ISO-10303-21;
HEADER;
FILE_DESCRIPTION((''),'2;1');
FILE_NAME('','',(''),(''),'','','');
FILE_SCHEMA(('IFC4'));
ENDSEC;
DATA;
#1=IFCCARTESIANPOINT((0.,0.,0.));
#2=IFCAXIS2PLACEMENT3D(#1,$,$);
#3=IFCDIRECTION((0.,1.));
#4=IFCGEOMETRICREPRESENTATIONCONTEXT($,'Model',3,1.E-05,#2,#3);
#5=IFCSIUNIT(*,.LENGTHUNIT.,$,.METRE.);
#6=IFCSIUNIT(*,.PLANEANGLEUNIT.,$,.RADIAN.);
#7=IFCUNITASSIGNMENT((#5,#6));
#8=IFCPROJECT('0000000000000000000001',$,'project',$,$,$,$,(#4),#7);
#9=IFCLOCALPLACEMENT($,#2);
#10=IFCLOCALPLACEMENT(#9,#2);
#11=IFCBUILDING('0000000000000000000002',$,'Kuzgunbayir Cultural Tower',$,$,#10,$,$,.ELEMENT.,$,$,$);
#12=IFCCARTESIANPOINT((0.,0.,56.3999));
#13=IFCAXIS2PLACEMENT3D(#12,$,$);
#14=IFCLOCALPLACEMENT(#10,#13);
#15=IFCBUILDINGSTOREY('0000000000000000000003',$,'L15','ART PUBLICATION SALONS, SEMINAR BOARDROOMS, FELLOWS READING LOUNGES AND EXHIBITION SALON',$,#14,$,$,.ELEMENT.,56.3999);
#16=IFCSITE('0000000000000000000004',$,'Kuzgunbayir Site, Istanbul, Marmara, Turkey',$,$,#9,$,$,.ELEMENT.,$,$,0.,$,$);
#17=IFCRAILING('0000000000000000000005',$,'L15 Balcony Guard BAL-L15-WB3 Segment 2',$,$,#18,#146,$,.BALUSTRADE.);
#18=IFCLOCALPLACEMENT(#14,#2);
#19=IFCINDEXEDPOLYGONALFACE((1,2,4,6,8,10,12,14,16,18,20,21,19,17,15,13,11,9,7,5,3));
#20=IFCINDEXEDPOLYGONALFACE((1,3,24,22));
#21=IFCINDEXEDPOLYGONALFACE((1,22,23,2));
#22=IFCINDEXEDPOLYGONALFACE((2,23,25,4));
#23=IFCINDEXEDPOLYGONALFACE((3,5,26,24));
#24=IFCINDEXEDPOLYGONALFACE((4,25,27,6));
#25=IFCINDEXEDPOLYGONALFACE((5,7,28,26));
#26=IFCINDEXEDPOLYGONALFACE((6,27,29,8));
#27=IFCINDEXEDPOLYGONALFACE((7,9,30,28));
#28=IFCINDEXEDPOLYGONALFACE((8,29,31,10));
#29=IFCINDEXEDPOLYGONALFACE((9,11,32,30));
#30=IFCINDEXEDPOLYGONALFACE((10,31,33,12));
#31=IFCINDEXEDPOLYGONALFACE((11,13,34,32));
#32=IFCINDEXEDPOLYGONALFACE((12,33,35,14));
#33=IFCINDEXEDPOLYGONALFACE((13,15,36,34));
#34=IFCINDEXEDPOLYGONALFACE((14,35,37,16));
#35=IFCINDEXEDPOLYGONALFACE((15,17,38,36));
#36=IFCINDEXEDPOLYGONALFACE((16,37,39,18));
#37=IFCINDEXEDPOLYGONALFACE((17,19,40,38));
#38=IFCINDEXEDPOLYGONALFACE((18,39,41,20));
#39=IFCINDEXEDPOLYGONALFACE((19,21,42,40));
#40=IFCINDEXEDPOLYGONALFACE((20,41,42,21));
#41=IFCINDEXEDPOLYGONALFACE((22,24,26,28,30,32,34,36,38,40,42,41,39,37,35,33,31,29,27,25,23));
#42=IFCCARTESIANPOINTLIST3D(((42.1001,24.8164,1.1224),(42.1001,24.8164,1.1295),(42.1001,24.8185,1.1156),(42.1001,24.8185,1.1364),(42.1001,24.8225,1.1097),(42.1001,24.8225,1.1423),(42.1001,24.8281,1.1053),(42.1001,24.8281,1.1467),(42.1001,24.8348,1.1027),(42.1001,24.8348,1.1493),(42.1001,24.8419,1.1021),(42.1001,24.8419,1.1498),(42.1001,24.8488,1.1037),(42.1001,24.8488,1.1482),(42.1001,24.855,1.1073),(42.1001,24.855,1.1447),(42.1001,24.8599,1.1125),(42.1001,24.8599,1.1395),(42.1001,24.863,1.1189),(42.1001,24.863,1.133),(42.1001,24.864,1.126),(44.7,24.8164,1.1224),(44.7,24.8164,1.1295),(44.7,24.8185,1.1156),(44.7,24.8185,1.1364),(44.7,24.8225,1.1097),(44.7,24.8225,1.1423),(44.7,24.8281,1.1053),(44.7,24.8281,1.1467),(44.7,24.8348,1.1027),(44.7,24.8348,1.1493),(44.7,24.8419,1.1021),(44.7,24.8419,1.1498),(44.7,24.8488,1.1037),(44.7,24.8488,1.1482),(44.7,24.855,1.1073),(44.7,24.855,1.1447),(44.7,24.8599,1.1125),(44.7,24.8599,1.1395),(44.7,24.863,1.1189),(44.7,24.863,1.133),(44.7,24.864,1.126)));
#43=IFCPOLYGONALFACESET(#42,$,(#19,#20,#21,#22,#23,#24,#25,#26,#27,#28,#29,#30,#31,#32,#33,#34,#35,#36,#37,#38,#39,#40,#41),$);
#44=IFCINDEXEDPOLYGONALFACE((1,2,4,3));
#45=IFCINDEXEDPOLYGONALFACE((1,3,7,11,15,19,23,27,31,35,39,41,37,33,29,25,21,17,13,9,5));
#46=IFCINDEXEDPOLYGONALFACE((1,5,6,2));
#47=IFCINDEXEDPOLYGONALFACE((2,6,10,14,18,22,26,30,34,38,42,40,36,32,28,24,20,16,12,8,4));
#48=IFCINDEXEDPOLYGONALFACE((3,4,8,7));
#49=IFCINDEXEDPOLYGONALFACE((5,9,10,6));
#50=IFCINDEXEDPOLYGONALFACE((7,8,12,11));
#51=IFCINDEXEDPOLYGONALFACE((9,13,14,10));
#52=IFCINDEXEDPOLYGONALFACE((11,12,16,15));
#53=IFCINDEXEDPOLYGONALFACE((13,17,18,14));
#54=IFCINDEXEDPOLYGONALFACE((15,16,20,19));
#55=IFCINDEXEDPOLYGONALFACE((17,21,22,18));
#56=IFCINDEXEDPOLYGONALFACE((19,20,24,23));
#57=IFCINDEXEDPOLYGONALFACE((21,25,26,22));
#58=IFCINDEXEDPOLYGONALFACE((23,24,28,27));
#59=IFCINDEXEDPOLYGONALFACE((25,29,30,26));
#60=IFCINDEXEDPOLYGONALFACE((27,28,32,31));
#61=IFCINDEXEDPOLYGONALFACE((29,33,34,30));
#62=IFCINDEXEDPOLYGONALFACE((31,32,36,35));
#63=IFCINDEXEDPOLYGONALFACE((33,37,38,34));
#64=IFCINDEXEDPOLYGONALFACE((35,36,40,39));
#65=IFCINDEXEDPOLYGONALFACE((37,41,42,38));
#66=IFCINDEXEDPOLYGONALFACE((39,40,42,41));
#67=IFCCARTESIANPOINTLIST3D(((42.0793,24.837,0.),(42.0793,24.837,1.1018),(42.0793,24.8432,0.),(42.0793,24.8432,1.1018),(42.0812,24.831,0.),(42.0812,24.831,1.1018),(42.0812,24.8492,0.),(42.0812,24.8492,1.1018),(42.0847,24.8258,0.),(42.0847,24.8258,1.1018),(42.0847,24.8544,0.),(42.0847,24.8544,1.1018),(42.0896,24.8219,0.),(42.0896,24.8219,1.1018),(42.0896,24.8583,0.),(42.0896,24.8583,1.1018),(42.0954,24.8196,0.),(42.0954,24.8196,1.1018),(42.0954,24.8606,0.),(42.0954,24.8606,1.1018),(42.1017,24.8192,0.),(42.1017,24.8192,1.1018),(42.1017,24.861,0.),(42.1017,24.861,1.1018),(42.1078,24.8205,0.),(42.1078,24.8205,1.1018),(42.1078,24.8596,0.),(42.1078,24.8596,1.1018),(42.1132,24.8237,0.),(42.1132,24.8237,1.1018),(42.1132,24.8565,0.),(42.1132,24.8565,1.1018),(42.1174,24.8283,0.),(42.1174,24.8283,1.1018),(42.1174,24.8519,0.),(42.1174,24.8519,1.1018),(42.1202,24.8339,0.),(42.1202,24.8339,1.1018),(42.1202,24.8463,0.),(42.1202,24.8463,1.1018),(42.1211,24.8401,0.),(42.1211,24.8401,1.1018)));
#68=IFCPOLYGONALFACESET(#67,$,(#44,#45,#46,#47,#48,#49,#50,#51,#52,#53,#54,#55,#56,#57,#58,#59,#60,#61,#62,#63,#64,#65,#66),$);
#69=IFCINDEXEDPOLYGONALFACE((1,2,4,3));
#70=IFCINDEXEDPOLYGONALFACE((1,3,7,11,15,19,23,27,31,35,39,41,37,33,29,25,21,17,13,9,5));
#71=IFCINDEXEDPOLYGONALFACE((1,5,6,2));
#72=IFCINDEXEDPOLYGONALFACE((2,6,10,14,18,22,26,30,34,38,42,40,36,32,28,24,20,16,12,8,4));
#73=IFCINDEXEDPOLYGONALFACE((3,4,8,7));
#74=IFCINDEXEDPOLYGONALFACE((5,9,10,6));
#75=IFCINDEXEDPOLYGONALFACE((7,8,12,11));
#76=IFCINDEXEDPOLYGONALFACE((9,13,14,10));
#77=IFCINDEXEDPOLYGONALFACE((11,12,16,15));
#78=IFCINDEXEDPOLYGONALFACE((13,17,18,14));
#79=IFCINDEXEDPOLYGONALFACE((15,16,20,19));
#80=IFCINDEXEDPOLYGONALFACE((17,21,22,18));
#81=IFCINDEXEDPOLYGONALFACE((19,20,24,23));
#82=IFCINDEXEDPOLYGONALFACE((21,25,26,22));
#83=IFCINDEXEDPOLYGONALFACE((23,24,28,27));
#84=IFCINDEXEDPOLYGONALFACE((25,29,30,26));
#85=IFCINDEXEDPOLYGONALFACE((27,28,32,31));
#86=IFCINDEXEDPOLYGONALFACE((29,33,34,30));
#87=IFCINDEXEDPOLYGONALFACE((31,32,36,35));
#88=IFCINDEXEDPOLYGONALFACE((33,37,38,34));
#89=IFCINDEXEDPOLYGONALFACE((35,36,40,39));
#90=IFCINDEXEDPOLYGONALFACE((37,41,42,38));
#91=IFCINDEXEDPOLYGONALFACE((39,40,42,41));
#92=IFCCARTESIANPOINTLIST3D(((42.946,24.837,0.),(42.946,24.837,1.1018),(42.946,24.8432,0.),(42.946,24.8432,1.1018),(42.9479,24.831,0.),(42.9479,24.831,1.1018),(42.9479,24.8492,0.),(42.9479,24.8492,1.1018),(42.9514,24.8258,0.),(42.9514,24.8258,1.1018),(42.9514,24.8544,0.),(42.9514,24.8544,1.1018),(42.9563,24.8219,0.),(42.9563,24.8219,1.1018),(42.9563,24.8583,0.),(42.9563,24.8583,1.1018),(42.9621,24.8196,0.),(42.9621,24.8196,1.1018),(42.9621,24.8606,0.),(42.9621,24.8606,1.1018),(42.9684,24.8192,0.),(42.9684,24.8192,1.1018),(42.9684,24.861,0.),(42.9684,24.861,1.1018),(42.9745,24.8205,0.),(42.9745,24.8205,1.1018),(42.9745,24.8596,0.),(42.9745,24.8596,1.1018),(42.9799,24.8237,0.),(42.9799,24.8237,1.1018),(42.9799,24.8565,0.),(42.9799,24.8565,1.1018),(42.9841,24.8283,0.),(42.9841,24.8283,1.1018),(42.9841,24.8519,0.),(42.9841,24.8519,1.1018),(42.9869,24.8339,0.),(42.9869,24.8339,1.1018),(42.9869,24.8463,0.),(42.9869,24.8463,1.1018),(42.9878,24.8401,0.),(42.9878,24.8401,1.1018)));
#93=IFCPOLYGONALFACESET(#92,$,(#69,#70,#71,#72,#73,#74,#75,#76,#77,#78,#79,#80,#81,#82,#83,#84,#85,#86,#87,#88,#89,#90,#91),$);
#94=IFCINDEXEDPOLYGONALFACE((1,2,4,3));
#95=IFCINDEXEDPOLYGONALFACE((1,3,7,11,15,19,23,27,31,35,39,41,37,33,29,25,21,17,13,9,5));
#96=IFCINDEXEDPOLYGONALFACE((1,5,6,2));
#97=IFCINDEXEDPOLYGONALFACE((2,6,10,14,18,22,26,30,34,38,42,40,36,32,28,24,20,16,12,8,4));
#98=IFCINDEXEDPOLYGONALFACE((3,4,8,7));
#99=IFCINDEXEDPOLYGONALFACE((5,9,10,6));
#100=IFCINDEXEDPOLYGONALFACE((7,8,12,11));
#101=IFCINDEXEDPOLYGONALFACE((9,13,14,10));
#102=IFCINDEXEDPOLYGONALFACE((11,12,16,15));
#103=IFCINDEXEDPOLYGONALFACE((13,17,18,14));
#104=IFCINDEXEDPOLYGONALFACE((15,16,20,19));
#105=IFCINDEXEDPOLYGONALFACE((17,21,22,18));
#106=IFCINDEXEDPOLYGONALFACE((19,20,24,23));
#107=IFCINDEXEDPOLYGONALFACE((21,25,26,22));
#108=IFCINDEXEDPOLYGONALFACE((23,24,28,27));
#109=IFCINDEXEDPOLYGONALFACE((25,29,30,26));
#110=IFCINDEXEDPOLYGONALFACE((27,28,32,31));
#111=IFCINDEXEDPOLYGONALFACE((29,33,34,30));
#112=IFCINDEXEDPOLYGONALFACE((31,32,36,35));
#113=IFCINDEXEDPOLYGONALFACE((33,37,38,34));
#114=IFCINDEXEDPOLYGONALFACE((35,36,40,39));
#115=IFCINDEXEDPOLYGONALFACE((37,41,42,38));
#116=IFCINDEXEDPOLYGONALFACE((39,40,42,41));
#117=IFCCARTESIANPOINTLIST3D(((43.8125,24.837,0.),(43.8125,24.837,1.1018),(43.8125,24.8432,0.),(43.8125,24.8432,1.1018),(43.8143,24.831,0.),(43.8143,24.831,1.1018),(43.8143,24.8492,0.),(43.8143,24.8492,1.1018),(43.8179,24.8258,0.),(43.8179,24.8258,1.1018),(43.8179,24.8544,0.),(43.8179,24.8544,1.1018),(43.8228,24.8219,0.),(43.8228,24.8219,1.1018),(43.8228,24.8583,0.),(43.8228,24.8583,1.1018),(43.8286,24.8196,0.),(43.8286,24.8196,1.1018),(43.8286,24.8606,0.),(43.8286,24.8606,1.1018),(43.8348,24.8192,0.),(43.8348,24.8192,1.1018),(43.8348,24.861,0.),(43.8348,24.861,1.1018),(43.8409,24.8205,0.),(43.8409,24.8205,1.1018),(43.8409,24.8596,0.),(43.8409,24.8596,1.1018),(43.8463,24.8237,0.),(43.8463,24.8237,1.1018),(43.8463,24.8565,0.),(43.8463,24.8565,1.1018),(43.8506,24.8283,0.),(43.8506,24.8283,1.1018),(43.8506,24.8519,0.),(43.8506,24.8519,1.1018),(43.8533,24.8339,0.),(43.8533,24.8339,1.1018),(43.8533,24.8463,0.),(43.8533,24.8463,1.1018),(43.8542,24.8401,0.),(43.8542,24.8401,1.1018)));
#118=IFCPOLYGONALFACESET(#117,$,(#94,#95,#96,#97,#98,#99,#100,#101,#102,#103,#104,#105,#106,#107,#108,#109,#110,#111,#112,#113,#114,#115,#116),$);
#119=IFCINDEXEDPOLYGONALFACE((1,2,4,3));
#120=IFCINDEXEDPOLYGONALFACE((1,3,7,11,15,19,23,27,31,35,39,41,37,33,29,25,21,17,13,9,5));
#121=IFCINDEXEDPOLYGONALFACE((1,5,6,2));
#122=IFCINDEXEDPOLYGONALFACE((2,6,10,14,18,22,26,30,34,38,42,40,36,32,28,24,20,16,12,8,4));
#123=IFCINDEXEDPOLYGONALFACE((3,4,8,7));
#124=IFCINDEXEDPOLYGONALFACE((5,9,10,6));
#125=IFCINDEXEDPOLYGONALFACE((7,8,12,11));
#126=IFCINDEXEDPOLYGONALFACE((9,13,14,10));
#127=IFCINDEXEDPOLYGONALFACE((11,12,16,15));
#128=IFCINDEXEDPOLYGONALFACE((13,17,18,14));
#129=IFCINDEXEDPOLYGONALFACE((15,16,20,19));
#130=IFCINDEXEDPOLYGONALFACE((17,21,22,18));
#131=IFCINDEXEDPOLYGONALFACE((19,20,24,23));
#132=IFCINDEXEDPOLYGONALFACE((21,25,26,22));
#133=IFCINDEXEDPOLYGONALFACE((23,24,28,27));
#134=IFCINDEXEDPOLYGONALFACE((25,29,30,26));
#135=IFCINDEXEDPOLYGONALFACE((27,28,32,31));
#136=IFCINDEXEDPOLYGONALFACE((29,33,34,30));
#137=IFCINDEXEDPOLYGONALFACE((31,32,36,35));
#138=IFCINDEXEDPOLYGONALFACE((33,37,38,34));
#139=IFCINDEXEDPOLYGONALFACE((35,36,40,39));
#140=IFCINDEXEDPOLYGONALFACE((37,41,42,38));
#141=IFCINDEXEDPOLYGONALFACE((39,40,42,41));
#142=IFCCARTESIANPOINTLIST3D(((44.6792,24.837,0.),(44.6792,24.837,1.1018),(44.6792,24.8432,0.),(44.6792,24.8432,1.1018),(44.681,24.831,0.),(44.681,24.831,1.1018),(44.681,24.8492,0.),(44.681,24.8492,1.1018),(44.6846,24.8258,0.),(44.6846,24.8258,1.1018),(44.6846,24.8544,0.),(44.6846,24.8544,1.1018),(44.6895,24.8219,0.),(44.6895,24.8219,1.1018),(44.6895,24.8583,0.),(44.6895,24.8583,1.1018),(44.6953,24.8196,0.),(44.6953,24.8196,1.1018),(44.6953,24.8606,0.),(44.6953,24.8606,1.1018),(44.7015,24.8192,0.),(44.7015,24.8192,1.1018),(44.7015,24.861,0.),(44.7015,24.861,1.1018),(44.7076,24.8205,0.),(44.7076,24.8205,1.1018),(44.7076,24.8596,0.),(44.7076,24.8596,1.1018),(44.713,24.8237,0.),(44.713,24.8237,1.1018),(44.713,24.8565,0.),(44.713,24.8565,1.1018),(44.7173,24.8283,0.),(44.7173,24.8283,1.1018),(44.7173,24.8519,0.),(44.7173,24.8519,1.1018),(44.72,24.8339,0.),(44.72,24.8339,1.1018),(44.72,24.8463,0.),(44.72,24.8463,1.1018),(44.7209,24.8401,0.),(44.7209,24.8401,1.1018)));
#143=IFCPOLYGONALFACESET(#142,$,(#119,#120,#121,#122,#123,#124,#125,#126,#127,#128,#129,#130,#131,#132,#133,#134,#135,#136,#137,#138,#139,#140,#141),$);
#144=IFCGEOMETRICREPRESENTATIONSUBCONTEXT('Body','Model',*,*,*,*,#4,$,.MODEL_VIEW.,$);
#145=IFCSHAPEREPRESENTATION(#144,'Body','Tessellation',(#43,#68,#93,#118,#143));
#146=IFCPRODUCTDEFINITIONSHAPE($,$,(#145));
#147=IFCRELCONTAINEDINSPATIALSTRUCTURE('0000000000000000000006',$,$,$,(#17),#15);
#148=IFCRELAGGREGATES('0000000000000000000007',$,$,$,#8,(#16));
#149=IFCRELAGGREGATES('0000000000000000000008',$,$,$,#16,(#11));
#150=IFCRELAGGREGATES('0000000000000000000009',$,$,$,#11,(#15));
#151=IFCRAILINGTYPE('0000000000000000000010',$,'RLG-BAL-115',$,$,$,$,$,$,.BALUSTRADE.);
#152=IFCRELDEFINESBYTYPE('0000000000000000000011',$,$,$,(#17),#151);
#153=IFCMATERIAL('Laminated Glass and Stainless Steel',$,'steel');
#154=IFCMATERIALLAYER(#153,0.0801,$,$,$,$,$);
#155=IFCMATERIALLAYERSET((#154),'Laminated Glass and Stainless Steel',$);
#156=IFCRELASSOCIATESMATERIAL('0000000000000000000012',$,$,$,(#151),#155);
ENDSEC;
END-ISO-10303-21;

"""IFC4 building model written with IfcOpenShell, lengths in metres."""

from ifc_helpers import new_model, si_unit, direction, frame, origin, origin_2d, place, context, subcontext, project, spatial, circle, extrude, material, layer, layer_set, type_object, element, save


model = new_model("IFC4")

# Units and contexts
model_context = context("Model", 3, precision=1e-05, world=origin(), true_north=direction((0.0, 1.0)))
body_context = subcontext(model_context, "Body", "Model", "MODEL_VIEW")
ifc_project = project(units=[si_unit("LENGTHUNIT", "METRE"), si_unit("PLANEANGLEUNIT", "RADIAN")], contexts=[model_context])

# Site, building, storey
site_placement = place(None, origin())
site = spatial("IfcSite", under=ifc_project, at=site_placement, Name="Kuzgunbayir Site, Istanbul, Marmara, Turkey", CompositionType="ELEMENT", RefElevation=0.0)
building_placement = place(site_placement, origin())
building = spatial("IfcBuilding", under=site, at=building_placement, Name="Kuzgunbayir Cultural Tower", CompositionType="ELEMENT")
storey_placement = place(building_placement, frame((0.0, 0.0, 56.3999)))
storey = spatial("IfcBuildingStorey", under=building, at=storey_placement, Name="L15", Description="ART PUBLICATION SALONS, SEMINAR BOARDROOMS, FELLOWS READING LOUNGES AND EXHIBITION SALON", CompositionType="ELEMENT", Elevation=56.3999)

# Railing
ifc_material_1 = material(Name="Laminated Glass and Stainless Steel", Category="steel")
ifc_layer_1 = layer(ifc_material_1, 0.0801)
ifc_layer_set_1 = layer_set([ifc_layer_1], Name="Laminated Glass and Stainless Steel")
railing_type = type_object("IfcRailingType", Name="RLG-BAL-115", PredefinedType="BALUSTRADE", material=ifc_layer_set_1)
railing_1_placement = place(storey_placement, frame((42.1001, 24.8401, 0.0)))
element("IfcRailing", 1, at=railing_1_placement, inside=storey, type_object=railing_type, Name="L15 Balcony Guard BAL-L15-WB3 Segment 2", PredefinedType="BALUSTRADE", context=body_context, shape_type="SweptSolid", body=[
    extrude(circle(Radius=0.0239, at=origin_2d()), frame((0.0, 0.0, 1.126), z_axis=(1.0, 0.0, 0.0), x_axis=(0.0, 1.0, 0.0)), (0.0, 0.0, 1.0), 2.5999),
    extrude(circle(Radius=0.021, at=origin_2d()), origin(), (0.0, 0.0, 1.0), 1.1018),
    extrude(circle(Radius=0.021, at=origin_2d()), frame((0.8667, 0.0, 0.0)), (0.0, 0.0, 1.0), 1.1018),
    extrude(circle(Radius=0.021, at=origin_2d()), frame((1.7332, 0.0, 0.0)), (0.0, 0.0, 1.0), 1.1018),
    extrude(circle(Radius=0.021, at=origin_2d()), frame((2.5999, 0.0, 0.0)), (0.0, 0.0, 1.0), 1.1018),
])

save(model, "model.ifc")
